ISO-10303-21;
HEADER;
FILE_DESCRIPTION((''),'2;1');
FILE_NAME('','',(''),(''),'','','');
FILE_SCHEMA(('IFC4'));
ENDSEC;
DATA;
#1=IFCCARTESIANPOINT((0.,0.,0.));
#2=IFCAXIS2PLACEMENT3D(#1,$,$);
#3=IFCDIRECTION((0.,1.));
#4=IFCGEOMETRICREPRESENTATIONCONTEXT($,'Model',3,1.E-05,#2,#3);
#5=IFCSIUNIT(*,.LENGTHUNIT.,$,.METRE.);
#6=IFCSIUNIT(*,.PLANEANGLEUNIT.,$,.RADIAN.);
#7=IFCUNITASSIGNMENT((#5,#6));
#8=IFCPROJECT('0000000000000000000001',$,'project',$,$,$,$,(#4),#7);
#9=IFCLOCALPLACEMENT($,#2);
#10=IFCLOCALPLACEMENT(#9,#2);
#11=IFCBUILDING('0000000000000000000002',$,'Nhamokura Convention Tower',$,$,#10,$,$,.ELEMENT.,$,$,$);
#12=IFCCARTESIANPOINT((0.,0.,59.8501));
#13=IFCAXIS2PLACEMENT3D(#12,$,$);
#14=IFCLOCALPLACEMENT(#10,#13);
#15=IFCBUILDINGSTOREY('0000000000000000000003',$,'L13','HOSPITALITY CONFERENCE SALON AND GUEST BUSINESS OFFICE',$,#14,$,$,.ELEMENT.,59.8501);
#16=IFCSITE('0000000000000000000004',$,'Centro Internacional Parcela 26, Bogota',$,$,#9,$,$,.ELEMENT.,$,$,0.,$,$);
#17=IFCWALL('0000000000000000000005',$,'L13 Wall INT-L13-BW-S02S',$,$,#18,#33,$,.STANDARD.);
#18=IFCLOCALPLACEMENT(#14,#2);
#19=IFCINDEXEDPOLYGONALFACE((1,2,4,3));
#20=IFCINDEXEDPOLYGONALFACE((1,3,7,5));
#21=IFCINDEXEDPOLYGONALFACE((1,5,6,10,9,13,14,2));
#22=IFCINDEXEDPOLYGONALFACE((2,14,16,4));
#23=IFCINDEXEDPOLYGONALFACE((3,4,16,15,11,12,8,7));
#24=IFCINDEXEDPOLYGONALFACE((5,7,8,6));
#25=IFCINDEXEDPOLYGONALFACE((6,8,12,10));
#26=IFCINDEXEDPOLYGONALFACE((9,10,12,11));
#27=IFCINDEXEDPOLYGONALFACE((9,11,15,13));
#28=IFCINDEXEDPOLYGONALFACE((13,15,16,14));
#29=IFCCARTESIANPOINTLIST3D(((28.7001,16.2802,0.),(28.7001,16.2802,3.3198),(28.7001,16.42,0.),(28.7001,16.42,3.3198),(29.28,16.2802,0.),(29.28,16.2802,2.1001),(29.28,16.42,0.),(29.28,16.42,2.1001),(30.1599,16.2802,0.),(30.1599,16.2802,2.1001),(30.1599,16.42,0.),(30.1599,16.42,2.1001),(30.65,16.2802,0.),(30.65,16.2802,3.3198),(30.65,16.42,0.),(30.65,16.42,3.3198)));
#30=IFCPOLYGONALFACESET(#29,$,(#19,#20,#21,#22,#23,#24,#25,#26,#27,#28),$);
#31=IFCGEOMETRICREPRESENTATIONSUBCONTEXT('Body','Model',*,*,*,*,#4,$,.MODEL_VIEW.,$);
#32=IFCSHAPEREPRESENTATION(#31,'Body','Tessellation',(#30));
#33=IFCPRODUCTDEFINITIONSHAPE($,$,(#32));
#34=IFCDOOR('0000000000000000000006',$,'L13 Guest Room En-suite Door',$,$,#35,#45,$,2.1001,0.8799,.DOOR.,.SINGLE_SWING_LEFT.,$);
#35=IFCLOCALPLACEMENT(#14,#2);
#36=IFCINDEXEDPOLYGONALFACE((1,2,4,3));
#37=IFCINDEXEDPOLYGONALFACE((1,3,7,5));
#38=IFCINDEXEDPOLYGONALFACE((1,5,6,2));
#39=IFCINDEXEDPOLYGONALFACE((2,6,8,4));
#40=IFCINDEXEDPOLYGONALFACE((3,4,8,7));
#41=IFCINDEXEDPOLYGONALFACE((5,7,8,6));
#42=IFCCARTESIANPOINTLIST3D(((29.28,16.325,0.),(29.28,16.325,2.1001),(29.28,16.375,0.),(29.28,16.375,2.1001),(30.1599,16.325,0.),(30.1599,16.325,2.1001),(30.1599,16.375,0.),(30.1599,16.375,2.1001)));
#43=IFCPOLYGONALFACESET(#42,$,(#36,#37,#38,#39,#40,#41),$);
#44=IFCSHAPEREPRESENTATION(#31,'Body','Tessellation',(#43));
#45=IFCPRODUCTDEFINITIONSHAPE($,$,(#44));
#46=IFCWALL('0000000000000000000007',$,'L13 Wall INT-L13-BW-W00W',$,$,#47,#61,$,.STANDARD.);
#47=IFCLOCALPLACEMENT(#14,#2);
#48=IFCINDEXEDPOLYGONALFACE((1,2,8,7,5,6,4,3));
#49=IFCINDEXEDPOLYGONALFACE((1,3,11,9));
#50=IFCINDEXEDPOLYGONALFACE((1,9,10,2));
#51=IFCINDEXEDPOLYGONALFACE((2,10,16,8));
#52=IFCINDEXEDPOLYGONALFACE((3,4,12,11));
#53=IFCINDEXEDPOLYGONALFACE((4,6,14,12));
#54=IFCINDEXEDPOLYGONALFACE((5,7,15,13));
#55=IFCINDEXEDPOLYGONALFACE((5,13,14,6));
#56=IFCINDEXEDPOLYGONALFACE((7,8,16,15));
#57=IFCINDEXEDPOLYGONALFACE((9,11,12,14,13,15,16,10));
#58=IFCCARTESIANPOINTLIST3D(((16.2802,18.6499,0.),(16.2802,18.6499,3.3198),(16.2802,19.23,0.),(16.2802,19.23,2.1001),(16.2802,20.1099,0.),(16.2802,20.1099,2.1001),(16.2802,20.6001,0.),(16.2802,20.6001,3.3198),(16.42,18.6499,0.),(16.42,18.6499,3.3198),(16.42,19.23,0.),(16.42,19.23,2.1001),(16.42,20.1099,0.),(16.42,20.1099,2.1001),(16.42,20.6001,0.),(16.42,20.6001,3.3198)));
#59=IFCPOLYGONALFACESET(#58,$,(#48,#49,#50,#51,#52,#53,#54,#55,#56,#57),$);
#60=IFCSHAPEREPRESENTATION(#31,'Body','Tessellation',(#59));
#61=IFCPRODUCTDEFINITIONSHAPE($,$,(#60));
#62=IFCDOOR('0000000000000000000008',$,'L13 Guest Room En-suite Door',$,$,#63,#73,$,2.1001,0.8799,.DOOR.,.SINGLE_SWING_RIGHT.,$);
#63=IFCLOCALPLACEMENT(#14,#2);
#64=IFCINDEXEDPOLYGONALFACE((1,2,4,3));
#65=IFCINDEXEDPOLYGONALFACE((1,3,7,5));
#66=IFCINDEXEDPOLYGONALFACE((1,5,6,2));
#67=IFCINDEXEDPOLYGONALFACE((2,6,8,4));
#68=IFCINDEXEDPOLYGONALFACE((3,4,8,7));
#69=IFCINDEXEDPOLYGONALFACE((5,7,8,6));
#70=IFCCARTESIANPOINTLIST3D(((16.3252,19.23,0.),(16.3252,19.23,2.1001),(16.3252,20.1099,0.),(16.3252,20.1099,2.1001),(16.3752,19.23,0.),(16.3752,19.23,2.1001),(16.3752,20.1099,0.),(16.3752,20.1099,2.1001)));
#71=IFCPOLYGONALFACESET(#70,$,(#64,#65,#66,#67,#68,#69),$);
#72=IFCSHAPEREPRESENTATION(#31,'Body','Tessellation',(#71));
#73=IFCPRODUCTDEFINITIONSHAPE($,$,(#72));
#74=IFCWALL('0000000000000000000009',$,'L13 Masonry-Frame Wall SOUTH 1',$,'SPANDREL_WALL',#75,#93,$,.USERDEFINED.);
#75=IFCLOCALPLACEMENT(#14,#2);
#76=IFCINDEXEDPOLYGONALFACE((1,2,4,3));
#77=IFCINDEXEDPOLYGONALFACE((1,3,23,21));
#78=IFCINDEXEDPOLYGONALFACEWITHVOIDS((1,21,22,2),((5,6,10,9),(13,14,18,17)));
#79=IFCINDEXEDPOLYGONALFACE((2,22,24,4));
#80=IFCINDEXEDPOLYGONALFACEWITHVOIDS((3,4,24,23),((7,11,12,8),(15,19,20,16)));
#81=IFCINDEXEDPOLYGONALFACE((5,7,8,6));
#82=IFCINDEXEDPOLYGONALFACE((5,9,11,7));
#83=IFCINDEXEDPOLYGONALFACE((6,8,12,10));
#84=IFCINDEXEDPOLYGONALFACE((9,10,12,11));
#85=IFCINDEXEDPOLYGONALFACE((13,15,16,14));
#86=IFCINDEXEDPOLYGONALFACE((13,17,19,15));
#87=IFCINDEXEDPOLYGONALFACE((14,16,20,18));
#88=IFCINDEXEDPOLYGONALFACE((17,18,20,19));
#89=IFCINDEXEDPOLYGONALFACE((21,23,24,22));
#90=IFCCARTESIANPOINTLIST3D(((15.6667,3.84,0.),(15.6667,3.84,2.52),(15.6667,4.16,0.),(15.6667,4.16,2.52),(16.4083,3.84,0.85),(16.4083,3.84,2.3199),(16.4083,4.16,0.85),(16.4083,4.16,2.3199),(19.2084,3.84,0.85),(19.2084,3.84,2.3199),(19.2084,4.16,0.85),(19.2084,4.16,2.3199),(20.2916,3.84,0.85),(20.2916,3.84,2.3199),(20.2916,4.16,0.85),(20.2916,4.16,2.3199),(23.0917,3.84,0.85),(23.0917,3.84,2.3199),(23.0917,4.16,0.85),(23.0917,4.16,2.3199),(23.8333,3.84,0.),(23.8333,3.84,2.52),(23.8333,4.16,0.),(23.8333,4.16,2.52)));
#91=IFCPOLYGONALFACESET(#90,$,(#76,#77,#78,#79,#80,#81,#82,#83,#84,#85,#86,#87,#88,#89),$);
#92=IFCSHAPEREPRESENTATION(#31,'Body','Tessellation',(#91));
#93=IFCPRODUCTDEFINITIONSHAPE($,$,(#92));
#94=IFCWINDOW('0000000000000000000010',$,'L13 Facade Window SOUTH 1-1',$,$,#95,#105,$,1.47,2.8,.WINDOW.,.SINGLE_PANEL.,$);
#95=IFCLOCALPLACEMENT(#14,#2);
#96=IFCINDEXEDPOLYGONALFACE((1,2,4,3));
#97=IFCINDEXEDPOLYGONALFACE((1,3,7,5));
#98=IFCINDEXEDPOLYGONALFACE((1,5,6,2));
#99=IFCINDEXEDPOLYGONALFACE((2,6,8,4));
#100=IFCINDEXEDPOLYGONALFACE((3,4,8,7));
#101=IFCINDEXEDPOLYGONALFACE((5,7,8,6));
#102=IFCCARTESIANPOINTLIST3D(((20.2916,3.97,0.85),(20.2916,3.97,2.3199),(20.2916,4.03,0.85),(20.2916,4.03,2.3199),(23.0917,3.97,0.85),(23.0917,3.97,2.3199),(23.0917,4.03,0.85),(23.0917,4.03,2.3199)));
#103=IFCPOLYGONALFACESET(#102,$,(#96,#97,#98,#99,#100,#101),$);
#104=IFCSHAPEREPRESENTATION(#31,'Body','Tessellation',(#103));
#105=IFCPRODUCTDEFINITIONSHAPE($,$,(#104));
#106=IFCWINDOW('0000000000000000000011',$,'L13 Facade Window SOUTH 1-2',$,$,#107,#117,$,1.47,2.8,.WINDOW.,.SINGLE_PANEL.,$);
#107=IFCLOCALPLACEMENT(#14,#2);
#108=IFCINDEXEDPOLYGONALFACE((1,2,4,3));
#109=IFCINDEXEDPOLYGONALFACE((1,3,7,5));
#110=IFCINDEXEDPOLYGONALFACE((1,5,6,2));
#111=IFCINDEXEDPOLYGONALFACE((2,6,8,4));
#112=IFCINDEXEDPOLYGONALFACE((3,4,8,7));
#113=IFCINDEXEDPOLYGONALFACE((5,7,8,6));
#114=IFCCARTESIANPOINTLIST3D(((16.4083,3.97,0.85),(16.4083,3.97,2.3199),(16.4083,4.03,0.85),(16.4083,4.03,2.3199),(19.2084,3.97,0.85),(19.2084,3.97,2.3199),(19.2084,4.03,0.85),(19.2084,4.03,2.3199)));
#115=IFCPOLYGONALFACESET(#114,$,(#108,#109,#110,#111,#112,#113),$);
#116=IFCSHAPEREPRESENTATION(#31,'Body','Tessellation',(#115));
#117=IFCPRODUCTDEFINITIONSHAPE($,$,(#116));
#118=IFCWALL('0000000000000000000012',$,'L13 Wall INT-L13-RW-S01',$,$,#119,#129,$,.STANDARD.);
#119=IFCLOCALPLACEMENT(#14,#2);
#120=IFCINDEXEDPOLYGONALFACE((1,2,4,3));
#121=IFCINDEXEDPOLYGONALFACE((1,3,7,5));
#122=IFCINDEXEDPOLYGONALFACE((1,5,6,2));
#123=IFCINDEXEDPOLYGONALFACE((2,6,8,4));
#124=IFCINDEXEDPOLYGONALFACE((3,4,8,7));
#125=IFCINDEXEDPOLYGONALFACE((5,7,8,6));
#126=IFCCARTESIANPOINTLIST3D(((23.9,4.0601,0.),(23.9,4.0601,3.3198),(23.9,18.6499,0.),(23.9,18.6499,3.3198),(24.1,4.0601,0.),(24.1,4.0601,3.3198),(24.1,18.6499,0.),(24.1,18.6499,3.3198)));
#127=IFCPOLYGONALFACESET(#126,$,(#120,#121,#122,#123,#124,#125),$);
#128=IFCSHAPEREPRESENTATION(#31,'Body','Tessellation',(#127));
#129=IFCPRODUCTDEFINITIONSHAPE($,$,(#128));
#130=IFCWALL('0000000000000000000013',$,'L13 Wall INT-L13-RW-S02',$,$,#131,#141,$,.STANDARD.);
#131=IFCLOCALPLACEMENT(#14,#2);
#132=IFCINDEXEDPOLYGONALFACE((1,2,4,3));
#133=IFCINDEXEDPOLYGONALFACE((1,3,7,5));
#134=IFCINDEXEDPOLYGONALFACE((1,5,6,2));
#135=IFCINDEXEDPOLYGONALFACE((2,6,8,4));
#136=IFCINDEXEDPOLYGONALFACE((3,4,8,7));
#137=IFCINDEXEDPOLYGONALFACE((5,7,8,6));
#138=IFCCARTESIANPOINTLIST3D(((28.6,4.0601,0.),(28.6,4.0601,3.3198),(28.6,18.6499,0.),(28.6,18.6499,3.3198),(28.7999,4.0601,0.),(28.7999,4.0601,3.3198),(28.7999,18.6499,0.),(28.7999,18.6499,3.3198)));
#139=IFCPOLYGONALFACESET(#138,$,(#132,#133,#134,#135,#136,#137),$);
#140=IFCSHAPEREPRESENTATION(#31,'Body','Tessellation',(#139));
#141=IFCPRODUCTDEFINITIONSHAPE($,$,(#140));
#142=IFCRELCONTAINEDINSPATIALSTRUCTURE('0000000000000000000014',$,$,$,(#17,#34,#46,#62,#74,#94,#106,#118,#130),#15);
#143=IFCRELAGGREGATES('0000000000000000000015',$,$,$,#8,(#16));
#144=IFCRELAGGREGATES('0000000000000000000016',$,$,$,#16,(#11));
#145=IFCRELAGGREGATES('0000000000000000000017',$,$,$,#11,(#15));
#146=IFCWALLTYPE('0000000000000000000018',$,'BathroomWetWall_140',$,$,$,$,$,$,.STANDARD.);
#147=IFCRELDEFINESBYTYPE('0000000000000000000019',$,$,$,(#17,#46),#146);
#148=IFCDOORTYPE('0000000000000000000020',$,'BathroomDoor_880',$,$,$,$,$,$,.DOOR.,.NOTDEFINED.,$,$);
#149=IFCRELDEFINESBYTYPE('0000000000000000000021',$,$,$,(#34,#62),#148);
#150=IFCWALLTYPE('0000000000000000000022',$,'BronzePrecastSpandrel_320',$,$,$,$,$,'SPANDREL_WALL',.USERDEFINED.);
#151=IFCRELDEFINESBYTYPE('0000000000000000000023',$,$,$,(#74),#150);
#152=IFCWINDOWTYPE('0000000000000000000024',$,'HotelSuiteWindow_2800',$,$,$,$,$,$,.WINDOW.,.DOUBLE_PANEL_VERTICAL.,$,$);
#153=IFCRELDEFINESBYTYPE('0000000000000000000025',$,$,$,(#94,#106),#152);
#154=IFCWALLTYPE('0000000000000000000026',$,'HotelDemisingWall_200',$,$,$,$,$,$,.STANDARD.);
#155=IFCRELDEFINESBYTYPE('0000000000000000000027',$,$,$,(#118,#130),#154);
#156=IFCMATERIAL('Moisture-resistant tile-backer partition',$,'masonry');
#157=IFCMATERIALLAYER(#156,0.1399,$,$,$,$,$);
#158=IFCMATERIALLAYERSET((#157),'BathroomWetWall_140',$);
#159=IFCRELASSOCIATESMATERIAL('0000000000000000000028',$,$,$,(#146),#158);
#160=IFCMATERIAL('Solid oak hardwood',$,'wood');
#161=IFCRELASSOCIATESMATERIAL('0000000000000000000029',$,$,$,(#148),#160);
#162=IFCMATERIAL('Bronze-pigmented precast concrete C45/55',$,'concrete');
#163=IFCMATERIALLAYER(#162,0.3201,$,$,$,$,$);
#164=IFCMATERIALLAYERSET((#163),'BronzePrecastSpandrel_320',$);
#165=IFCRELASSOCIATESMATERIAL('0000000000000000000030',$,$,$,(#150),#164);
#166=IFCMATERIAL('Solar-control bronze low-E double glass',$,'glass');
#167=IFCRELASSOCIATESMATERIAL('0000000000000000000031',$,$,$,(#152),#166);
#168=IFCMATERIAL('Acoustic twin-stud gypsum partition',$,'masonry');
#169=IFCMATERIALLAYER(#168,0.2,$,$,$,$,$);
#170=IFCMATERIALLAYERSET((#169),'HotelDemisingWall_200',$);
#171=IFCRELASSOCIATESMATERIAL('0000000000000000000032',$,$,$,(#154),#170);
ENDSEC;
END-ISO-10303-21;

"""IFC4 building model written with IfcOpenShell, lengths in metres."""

from ifc_helpers import new_model, si_unit, direction, frame, frame_2d, origin, place, context, subcontext, project, spatial, rectangle, extrude, material, layer, layer_set, type_object, element, fill, save


model = new_model("IFC4")

# Units and contexts
model_context = context("Model", 3, precision=1e-05, world=origin(), true_north=direction((0.0, 1.0)))
body_context = subcontext(model_context, "Body", "Model", "MODEL_VIEW")
ifc_project = project(units=[si_unit("LENGTHUNIT", "METRE"), si_unit("PLANEANGLEUNIT", "RADIAN")], contexts=[model_context])

# Site, building, storey
site_placement = place(None, origin())
site = spatial("IfcSite", under=ifc_project, at=site_placement, Name="Centro Internacional Parcela 26, Bogota", CompositionType="ELEMENT", RefElevation=0.0)
building_placement = place(site_placement, origin())
building = spatial("IfcBuilding", under=site, at=building_placement, Name="Nhamokura Convention Tower", CompositionType="ELEMENT")
storey_placement = place(building_placement, frame((0.0, 0.0, 59.8501)))
storey = spatial("IfcBuildingStorey", under=building, at=storey_placement, Name="L13", Description="HOSPITALITY CONFERENCE SALON AND GUEST BUSINESS OFFICE", CompositionType="ELEMENT", Elevation=59.8501)

# Shared definitions
ifc_material_1 = material(Name="Moisture-resistant tile-backer partition", Category="masonry")
ifc_layer_1 = layer(ifc_material_1, 0.1399)
ifc_layer_set_1 = layer_set([ifc_layer_1], Name="BathroomWetWall_140")
wall_type_1 = type_object("IfcWallType", Name="BathroomWetWall_140", PredefinedType="STANDARD", material=ifc_layer_set_1)

# Walls, openings, doors
ifc_material_2 = material(Name="Solid oak hardwood", Category="wood")
door_type_1 = type_object("IfcDoorType", Name="BathroomDoor_880", OperationType="NOTDEFINED", PredefinedType="DOOR", material=ifc_material_2)
wall_1_placement = place(storey_placement, frame((28.7, 16.3501, 0.0), z_axis=(0.0, 0.0, 1.0), x_axis=(1.0, 0.0, 0.0)))
wall_1 = element("IfcWall", 1, at=wall_1_placement, inside=storey, type_object=wall_type_1, Name="L13 Wall INT-L13-BW-S02S", PredefinedType="STANDARD", context=body_context, shape_type="SweptSolid", body=[
    extrude(rectangle(XDim=1.95, YDim=0.1399, at=frame_2d((0.9751, 0.0))), origin(), (0.0, 0.0, 1.0), 3.3198),
])
opening_1_placement = place(wall_1_placement, frame((0.5801, 0.0, 0.0)))
opening_1 = element("IfcOpeningElement", 2, at=opening_1_placement, cuts=wall_1, PredefinedType="OPENING", context=body_context, shape_type="SweptSolid", body=[
    extrude(rectangle(XDim=0.8799, YDim=2.1001, at=frame_2d((0.4399, 1.05))), frame((0.0, 0.0798, 0.0), z_axis=(0.0, -1.0, 0.0), x_axis=(1.0, 0.0, 0.0)), (0.0, 0.0, 1.0), 0.1599),
])
door_1_placement = place(opening_1_placement, origin())
door_1 = element("IfcDoor", 3, at=door_1_placement, inside=storey, type_object=door_type_1, Name="L13 Guest Room En-suite Door", OperationType="SINGLE_SWING_LEFT", OverallHeight=2.1001, OverallWidth=0.8799, PredefinedType="DOOR", context=body_context, shape_type="SweptSolid", body=[
    extrude(rectangle(XDim=0.8799, YDim=2.1001, at=frame_2d((0.4399, 1.05))), frame((0.0, 0.0249, 0.0), z_axis=(0.0, -1.0, 0.0), x_axis=(1.0, 0.0, 0.0)), (0.0, 0.0, 1.0), 0.05),
])
fill(opening_1, door_1)
wall_2_placement = place(storey_placement, frame((16.3501, 18.6499, 0.0), z_axis=(0.0, 0.0, 1.0), x_axis=(0.0, 1.0, 0.0)))
wall_2 = element("IfcWall", 4, at=wall_2_placement, inside=storey, type_object=wall_type_1, Name="L13 Wall INT-L13-BW-W00W", PredefinedType="STANDARD", context=body_context, shape_type="SweptSolid", body=[
    extrude(rectangle(XDim=1.9502, YDim=0.1399, at=frame_2d((0.9751, 0.0))), origin(), (0.0, 0.0, 1.0), 3.3198),
])
opening_2_placement = place(wall_2_placement, frame((0.5801, 0.0, 0.0)))
opening_2 = element("IfcOpeningElement", 5, at=opening_2_placement, cuts=wall_2, PredefinedType="OPENING", context=body_context, shape_type="SweptSolid", body=[
    extrude(rectangle(XDim=0.8799, YDim=2.1001, at=frame_2d((0.4399, 1.05))), frame((0.0, 0.0798, 0.0), z_axis=(0.0, -1.0, 0.0), x_axis=(1.0, 0.0, 0.0)), (0.0, 0.0, 1.0), 0.1599),
])
door_2_placement = place(opening_2_placement, origin())
door_2 = element("IfcDoor", 6, at=door_2_placement, inside=storey, type_object=door_type_1, Name="L13 Guest Room En-suite Door", OperationType="SINGLE_SWING_RIGHT", OverallHeight=2.1001, OverallWidth=0.8799, PredefinedType="DOOR", context=body_context, shape_type="SweptSolid", body=[
    extrude(rectangle(XDim=0.8799, YDim=2.1001, at=frame_2d((0.4399, 1.05))), frame((0.0, 0.0249, 0.0), z_axis=(0.0, -1.0, 0.0), x_axis=(1.0, 0.0, 0.0)), (0.0, 0.0, 1.0), 0.05),
])
fill(opening_2, door_2)

# Wall, openings, windows
ifc_material_3 = material(Name="Bronze-pigmented precast concrete C45/55", Category="concrete")
ifc_layer_2 = layer(ifc_material_3, 0.3201)
ifc_layer_set_2 = layer_set([ifc_layer_2], Name="BronzePrecastSpandrel_320")
wall_type_2 = type_object("IfcWallType", Name="BronzePrecastSpandrel_320", ElementType="SPANDREL_WALL", PredefinedType="USERDEFINED", material=ifc_layer_set_2)
wall_3_placement = place(storey_placement, frame((23.8333, 4.0, 0.0), z_axis=(0.0, 0.0, 1.0), x_axis=(-1.0, 0.0, 0.0)))
wall_3 = element("IfcWall", 7, at=wall_3_placement, inside=storey, type_object=wall_type_2, Name="L13 Masonry-Frame Wall SOUTH 1", ObjectType="SPANDREL_WALL", PredefinedType="USERDEFINED", context=body_context, shape_type="SweptSolid", body=[
    extrude(rectangle(XDim=8.1665, YDim=0.3201, at=frame_2d((4.0833, 0.0))), origin(), (0.0, 0.0, 1.0), 2.52),
])
opening_3_placement = place(wall_3_placement, frame((0.7417, 0.0, 0.8501)))
opening_3 = element("IfcOpeningElement", 8, at=opening_3_placement, cuts=wall_3, PredefinedType="OPENING", context=body_context, shape_type="SweptSolid", body=[
    extrude(rectangle(XDim=2.8, YDim=1.47, at=frame_2d((1.3999, 0.7349))), frame((0.0, 0.1699, 0.0), z_axis=(0.0, -1.0, 0.0), x_axis=(1.0, 0.0, 0.0)), (0.0, 0.0, 1.0), 0.3401),
])
opening_4_placement = place(wall_3_placement, frame((4.625, 0.0, 0.8501)))
opening_4 = element("IfcOpeningElement", 9, at=opening_4_placement, cuts=wall_3, PredefinedType="OPENING", context=body_context, shape_type="SweptSolid", body=[
    extrude(rectangle(XDim=2.8, YDim=1.47, at=frame_2d((1.3999, 0.7349))), frame((0.0, 0.1699, 0.0), z_axis=(0.0, -1.0, 0.0), x_axis=(1.0, 0.0, 0.0)), (0.0, 0.0, 1.0), 0.3401),
])
ifc_material_4 = material(Name="Solar-control bronze low-E double glass", Category="glass")
window_type = type_object("IfcWindowType", Name="HotelSuiteWindow_2800", PartitioningType="DOUBLE_PANEL_VERTICAL", PredefinedType="WINDOW", material=ifc_material_4)
window_1_placement = place(opening_3_placement, origin())
window_1 = element("IfcWindow", 10, at=window_1_placement, inside=storey, type_object=window_type, Name="L13 Facade Window SOUTH 1-1", OverallHeight=1.47, OverallWidth=2.8, PartitioningType="SINGLE_PANEL", PredefinedType="WINDOW", context=body_context, shape_type="SweptSolid", body=[
    extrude(rectangle(XDim=2.8, YDim=1.47, at=frame_2d((1.3999, 0.7349))), frame((0.0, 0.03, 0.0), z_axis=(0.0, -1.0, 0.0), x_axis=(1.0, 0.0, 0.0)), (0.0, 0.0, 1.0), 0.0601),
])
fill(opening_3, window_1)
window_2_placement = place(opening_4_placement, origin())
window_2 = element("IfcWindow", 11, at=window_2_placement, inside=storey, type_object=window_type, Name="L13 Facade Window SOUTH 1-2", OverallHeight=1.47, OverallWidth=2.8, PartitioningType="SINGLE_PANEL", PredefinedType="WINDOW", context=body_context, shape_type="SweptSolid", body=[
    extrude(rectangle(XDim=2.8, YDim=1.47, at=frame_2d((1.3999, 0.7349))), frame((0.0, 0.03, 0.0), z_axis=(0.0, -1.0, 0.0), x_axis=(1.0, 0.0, 0.0)), (0.0, 0.0, 1.0), 0.0601),
])
fill(opening_4, window_2)

# Walls
ifc_material_5 = material(Name="Acoustic twin-stud gypsum partition", Category="masonry")
ifc_layer_3 = layer(ifc_material_5, 0.2)
ifc_layer_set_3 = layer_set([ifc_layer_3], Name="HotelDemisingWall_200")
wall_type_3 = type_object("IfcWallType", Name="HotelDemisingWall_200", PredefinedType="STANDARD", material=ifc_layer_set_3)
for number, where, z_axis, x_axis, name in (
    (12, (24.0, 4.0601, 0.0), (0.0, 0.0, 1.0), (0.0, 1.0, 0.0), "L13 Wall INT-L13-RW-S01"),
    (13, (28.7, 4.0601, 0.0), (0.0, 0.0, 1.0), (0.0, 1.0, 0.0), "L13 Wall INT-L13-RW-S02"),
):
    element("IfcWall", number, at=place(storey_placement, frame(where, z_axis=z_axis, x_axis=x_axis)), inside=storey, type_object=wall_type_3, Name=name, PredefinedType="STANDARD", context=body_context, shape_type="SweptSolid", body=[
        extrude(rectangle(XDim=14.5898, YDim=0.2, at=frame_2d((7.2949, 0.0))), origin(), (0.0, 0.0, 1.0), 3.3198),
    ])

save(model, "model.ifc")
